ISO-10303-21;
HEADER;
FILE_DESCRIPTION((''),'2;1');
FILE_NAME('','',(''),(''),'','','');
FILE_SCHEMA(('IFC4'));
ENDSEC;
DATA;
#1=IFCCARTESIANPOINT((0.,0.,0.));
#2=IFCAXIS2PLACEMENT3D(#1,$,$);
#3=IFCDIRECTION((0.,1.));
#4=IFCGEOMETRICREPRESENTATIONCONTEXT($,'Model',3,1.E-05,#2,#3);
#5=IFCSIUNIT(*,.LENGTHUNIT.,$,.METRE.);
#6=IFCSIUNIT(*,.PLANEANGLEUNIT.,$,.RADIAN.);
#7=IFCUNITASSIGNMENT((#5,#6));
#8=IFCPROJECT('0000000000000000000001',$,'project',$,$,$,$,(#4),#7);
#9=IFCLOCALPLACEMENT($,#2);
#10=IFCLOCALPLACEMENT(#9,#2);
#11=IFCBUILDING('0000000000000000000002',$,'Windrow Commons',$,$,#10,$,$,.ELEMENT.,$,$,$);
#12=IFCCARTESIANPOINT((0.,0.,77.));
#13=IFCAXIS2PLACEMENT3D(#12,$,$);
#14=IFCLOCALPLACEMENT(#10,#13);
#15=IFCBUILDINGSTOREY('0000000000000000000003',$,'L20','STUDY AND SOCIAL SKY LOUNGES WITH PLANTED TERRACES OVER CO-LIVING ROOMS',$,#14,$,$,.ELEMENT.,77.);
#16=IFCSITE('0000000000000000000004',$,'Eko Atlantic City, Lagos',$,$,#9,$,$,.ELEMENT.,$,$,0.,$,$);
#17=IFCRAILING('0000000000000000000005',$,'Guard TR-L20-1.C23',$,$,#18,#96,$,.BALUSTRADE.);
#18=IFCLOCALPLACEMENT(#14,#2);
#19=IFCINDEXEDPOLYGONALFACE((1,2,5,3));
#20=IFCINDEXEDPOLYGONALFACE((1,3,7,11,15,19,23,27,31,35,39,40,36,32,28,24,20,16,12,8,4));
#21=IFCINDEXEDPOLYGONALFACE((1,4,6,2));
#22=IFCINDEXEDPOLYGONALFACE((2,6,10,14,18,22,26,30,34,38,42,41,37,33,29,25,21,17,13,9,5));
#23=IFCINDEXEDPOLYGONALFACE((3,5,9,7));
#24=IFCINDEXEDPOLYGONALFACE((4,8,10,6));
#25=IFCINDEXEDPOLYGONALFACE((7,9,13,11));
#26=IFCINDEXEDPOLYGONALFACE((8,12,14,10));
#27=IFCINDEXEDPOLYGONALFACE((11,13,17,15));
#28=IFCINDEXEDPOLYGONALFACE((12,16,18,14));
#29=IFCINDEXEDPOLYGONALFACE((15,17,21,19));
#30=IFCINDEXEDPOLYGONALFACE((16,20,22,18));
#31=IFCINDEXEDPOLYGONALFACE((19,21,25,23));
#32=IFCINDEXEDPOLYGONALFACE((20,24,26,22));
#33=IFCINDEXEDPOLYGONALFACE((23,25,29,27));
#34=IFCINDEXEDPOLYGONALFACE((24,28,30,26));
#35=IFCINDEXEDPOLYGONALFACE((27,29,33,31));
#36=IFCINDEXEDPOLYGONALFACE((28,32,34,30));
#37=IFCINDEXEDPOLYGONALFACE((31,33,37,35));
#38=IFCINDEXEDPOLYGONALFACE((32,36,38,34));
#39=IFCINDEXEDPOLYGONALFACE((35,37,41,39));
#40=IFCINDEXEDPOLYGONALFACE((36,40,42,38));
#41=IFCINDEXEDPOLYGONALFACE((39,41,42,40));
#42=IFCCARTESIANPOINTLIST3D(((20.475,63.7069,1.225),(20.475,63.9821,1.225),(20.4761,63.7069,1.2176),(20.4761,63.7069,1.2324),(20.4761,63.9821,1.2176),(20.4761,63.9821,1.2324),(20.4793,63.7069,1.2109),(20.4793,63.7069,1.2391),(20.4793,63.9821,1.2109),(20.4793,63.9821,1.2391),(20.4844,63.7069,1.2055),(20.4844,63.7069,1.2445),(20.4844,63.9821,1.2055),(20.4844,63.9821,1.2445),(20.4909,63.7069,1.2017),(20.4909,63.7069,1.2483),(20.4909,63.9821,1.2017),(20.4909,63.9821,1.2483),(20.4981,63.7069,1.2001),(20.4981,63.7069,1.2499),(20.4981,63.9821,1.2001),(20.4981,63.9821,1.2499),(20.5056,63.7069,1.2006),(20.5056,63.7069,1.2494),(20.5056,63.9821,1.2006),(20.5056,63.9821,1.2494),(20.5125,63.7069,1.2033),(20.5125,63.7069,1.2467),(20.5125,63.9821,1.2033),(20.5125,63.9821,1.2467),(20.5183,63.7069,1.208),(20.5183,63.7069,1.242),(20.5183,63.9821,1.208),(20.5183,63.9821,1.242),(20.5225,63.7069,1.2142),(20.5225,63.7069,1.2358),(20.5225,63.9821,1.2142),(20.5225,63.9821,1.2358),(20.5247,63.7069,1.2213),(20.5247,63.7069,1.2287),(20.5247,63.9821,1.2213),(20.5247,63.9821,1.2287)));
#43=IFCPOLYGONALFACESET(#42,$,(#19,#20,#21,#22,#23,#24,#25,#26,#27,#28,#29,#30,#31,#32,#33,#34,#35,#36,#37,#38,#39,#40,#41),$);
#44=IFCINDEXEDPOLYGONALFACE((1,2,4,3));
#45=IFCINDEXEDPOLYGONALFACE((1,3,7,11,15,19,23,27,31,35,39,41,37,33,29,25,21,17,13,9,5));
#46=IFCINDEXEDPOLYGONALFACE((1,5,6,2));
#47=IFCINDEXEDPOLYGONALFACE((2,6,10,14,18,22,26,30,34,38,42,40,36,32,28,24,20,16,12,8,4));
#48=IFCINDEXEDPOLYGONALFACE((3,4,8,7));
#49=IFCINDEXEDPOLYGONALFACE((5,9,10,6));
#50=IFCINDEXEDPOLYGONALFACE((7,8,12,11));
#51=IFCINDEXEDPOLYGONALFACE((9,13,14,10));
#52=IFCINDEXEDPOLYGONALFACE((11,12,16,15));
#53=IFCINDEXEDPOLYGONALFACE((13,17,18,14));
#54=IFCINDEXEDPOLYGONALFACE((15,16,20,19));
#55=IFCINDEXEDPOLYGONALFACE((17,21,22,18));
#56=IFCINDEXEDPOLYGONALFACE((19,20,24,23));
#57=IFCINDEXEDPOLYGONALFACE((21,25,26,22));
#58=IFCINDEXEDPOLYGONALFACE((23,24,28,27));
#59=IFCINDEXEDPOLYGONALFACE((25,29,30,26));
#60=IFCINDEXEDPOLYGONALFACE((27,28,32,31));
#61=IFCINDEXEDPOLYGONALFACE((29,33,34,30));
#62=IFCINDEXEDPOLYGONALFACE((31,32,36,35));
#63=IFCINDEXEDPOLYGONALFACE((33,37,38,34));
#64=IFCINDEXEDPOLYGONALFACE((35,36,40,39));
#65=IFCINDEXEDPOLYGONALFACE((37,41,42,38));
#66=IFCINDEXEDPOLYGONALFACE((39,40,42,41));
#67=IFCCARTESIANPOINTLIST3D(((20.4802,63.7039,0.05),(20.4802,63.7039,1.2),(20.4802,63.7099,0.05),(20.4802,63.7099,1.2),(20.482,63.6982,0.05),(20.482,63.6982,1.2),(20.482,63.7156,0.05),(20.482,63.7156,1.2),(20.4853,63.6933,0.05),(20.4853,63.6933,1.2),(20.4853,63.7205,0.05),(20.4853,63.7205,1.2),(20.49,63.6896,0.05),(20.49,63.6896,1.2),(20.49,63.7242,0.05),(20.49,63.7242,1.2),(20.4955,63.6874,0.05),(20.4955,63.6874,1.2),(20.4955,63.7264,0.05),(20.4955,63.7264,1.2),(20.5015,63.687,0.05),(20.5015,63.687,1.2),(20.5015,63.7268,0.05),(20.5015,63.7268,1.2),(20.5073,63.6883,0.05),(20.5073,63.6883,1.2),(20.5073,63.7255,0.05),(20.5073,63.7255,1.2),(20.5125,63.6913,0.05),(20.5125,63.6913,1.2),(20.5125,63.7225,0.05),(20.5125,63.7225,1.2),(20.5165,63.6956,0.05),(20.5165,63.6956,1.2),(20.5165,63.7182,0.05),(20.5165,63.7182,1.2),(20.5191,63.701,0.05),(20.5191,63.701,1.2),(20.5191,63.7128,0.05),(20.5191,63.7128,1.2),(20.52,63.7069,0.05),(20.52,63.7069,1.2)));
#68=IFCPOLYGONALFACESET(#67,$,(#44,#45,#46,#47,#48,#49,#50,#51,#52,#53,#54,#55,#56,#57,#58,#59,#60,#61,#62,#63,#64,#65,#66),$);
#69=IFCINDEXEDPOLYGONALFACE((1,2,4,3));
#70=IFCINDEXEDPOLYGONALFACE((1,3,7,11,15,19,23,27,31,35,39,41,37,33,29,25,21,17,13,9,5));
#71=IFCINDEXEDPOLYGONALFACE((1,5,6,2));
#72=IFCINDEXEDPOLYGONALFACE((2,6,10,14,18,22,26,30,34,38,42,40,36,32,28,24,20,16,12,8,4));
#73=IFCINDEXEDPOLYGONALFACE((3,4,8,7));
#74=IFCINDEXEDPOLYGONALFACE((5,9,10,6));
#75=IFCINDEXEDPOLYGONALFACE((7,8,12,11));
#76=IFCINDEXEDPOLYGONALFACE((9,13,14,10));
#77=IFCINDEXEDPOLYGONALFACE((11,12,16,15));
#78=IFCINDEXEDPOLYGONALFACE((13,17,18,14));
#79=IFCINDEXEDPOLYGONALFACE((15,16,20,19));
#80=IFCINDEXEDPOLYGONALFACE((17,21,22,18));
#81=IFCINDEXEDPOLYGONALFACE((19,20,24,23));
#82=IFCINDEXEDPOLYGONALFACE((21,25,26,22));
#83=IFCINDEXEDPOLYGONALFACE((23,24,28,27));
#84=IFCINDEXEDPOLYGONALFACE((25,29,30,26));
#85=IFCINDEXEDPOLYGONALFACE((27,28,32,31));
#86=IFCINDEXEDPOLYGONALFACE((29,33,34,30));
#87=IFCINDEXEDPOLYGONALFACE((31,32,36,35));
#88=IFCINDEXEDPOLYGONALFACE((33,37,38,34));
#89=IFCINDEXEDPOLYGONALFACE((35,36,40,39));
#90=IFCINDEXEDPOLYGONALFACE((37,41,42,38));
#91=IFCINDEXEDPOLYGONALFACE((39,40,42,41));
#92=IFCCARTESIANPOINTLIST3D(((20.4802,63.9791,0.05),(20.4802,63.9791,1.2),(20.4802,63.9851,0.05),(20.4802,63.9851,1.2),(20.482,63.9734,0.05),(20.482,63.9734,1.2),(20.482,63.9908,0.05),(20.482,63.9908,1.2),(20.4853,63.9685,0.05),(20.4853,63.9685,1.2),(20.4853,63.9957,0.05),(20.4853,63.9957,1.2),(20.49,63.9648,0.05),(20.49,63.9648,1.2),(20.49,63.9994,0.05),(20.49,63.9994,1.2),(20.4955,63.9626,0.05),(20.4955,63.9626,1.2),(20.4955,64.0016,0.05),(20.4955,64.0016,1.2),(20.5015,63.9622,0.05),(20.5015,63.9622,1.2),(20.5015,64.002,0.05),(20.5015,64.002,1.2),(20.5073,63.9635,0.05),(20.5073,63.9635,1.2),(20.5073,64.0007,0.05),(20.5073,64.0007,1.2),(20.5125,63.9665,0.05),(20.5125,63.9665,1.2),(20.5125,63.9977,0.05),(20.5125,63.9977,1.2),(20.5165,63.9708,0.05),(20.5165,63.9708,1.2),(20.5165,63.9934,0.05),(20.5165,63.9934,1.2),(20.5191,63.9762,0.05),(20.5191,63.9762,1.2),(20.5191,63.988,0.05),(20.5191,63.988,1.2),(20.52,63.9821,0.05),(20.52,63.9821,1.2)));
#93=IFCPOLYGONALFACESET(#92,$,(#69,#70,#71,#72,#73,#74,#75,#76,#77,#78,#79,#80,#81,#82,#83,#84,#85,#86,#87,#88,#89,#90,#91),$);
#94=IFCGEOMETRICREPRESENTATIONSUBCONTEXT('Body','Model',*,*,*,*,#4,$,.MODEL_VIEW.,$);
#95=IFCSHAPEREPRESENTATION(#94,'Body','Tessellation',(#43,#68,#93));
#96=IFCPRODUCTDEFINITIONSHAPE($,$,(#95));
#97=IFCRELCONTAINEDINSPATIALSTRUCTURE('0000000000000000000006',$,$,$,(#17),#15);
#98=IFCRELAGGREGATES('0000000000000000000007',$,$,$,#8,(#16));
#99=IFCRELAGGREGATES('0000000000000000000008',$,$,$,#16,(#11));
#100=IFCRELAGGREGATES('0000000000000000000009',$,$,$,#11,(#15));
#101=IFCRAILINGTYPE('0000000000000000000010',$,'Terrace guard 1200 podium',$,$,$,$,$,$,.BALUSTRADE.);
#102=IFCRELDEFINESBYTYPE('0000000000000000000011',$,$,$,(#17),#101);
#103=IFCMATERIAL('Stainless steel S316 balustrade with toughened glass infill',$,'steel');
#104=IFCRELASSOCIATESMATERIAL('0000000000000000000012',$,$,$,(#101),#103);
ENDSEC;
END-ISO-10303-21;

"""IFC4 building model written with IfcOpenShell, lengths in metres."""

from ifc_helpers import new_model, si_unit, direction, frame, origin, origin_2d, place, context, subcontext, project, spatial, circle, extrude, material, type_object, element, save


model = new_model("IFC4")

# Units and contexts
model_context = context("Model", 3, precision=1e-05, world=origin(), true_north=direction((0.0, 1.0)))
body_context = subcontext(model_context, "Body", "Model", "MODEL_VIEW")
ifc_project = project(units=[si_unit("LENGTHUNIT", "METRE"), si_unit("PLANEANGLEUNIT", "RADIAN")], contexts=[model_context])

# Site, building, storey
site_placement = place(None, origin())
site = spatial("IfcSite", under=ifc_project, at=site_placement, Name="Eko Atlantic City, Lagos", CompositionType="ELEMENT", RefElevation=0.0)
building_placement = place(site_placement, origin())
building = spatial("IfcBuilding", under=site, at=building_placement, Name="Windrow Commons", CompositionType="ELEMENT")
storey_placement = place(building_placement, frame((0.0, 0.0, 77.0)))
storey = spatial("IfcBuildingStorey", under=building, at=storey_placement, Name="L20", Description="STUDY AND SOCIAL SKY LOUNGES WITH PLANTED TERRACES OVER CO-LIVING ROOMS", CompositionType="ELEMENT", Elevation=77.0)

# Railing
ifc_material_1 = material(Name="Stainless steel S316 balustrade with toughened glass infill", Category="steel")
railing_type = type_object("IfcRailingType", Name="Terrace guard 1200 podium", PredefinedType="BALUSTRADE", material=ifc_material_1)
railing_1_placement = place(storey_placement, frame((20.5, 63.7069, 0.05)))
element("IfcRailing", 1, at=railing_1_placement, inside=storey, type_object=railing_type, Name="Guard TR-L20-1.C23", PredefinedType="BALUSTRADE", context=body_context, shape_type="SweptSolid", body=[
    extrude(circle(Radius=0.025, at=origin_2d()), frame((0.0, 0.0, 1.175), z_axis=(0.0, 1.0, 0.0), x_axis=(-1.0, 0.0, 0.0)), (0.0, 0.0, 1.0), 0.2752),
    extrude(circle(Radius=0.02, at=origin_2d()), origin(), (0.0, 0.0, 1.0), 1.15),
    extrude(circle(Radius=0.02, at=origin_2d()), frame((0.0, 0.2752, 0.0)), (0.0, 0.0, 1.0), 1.15),
])

save(model, "model.ifc")
